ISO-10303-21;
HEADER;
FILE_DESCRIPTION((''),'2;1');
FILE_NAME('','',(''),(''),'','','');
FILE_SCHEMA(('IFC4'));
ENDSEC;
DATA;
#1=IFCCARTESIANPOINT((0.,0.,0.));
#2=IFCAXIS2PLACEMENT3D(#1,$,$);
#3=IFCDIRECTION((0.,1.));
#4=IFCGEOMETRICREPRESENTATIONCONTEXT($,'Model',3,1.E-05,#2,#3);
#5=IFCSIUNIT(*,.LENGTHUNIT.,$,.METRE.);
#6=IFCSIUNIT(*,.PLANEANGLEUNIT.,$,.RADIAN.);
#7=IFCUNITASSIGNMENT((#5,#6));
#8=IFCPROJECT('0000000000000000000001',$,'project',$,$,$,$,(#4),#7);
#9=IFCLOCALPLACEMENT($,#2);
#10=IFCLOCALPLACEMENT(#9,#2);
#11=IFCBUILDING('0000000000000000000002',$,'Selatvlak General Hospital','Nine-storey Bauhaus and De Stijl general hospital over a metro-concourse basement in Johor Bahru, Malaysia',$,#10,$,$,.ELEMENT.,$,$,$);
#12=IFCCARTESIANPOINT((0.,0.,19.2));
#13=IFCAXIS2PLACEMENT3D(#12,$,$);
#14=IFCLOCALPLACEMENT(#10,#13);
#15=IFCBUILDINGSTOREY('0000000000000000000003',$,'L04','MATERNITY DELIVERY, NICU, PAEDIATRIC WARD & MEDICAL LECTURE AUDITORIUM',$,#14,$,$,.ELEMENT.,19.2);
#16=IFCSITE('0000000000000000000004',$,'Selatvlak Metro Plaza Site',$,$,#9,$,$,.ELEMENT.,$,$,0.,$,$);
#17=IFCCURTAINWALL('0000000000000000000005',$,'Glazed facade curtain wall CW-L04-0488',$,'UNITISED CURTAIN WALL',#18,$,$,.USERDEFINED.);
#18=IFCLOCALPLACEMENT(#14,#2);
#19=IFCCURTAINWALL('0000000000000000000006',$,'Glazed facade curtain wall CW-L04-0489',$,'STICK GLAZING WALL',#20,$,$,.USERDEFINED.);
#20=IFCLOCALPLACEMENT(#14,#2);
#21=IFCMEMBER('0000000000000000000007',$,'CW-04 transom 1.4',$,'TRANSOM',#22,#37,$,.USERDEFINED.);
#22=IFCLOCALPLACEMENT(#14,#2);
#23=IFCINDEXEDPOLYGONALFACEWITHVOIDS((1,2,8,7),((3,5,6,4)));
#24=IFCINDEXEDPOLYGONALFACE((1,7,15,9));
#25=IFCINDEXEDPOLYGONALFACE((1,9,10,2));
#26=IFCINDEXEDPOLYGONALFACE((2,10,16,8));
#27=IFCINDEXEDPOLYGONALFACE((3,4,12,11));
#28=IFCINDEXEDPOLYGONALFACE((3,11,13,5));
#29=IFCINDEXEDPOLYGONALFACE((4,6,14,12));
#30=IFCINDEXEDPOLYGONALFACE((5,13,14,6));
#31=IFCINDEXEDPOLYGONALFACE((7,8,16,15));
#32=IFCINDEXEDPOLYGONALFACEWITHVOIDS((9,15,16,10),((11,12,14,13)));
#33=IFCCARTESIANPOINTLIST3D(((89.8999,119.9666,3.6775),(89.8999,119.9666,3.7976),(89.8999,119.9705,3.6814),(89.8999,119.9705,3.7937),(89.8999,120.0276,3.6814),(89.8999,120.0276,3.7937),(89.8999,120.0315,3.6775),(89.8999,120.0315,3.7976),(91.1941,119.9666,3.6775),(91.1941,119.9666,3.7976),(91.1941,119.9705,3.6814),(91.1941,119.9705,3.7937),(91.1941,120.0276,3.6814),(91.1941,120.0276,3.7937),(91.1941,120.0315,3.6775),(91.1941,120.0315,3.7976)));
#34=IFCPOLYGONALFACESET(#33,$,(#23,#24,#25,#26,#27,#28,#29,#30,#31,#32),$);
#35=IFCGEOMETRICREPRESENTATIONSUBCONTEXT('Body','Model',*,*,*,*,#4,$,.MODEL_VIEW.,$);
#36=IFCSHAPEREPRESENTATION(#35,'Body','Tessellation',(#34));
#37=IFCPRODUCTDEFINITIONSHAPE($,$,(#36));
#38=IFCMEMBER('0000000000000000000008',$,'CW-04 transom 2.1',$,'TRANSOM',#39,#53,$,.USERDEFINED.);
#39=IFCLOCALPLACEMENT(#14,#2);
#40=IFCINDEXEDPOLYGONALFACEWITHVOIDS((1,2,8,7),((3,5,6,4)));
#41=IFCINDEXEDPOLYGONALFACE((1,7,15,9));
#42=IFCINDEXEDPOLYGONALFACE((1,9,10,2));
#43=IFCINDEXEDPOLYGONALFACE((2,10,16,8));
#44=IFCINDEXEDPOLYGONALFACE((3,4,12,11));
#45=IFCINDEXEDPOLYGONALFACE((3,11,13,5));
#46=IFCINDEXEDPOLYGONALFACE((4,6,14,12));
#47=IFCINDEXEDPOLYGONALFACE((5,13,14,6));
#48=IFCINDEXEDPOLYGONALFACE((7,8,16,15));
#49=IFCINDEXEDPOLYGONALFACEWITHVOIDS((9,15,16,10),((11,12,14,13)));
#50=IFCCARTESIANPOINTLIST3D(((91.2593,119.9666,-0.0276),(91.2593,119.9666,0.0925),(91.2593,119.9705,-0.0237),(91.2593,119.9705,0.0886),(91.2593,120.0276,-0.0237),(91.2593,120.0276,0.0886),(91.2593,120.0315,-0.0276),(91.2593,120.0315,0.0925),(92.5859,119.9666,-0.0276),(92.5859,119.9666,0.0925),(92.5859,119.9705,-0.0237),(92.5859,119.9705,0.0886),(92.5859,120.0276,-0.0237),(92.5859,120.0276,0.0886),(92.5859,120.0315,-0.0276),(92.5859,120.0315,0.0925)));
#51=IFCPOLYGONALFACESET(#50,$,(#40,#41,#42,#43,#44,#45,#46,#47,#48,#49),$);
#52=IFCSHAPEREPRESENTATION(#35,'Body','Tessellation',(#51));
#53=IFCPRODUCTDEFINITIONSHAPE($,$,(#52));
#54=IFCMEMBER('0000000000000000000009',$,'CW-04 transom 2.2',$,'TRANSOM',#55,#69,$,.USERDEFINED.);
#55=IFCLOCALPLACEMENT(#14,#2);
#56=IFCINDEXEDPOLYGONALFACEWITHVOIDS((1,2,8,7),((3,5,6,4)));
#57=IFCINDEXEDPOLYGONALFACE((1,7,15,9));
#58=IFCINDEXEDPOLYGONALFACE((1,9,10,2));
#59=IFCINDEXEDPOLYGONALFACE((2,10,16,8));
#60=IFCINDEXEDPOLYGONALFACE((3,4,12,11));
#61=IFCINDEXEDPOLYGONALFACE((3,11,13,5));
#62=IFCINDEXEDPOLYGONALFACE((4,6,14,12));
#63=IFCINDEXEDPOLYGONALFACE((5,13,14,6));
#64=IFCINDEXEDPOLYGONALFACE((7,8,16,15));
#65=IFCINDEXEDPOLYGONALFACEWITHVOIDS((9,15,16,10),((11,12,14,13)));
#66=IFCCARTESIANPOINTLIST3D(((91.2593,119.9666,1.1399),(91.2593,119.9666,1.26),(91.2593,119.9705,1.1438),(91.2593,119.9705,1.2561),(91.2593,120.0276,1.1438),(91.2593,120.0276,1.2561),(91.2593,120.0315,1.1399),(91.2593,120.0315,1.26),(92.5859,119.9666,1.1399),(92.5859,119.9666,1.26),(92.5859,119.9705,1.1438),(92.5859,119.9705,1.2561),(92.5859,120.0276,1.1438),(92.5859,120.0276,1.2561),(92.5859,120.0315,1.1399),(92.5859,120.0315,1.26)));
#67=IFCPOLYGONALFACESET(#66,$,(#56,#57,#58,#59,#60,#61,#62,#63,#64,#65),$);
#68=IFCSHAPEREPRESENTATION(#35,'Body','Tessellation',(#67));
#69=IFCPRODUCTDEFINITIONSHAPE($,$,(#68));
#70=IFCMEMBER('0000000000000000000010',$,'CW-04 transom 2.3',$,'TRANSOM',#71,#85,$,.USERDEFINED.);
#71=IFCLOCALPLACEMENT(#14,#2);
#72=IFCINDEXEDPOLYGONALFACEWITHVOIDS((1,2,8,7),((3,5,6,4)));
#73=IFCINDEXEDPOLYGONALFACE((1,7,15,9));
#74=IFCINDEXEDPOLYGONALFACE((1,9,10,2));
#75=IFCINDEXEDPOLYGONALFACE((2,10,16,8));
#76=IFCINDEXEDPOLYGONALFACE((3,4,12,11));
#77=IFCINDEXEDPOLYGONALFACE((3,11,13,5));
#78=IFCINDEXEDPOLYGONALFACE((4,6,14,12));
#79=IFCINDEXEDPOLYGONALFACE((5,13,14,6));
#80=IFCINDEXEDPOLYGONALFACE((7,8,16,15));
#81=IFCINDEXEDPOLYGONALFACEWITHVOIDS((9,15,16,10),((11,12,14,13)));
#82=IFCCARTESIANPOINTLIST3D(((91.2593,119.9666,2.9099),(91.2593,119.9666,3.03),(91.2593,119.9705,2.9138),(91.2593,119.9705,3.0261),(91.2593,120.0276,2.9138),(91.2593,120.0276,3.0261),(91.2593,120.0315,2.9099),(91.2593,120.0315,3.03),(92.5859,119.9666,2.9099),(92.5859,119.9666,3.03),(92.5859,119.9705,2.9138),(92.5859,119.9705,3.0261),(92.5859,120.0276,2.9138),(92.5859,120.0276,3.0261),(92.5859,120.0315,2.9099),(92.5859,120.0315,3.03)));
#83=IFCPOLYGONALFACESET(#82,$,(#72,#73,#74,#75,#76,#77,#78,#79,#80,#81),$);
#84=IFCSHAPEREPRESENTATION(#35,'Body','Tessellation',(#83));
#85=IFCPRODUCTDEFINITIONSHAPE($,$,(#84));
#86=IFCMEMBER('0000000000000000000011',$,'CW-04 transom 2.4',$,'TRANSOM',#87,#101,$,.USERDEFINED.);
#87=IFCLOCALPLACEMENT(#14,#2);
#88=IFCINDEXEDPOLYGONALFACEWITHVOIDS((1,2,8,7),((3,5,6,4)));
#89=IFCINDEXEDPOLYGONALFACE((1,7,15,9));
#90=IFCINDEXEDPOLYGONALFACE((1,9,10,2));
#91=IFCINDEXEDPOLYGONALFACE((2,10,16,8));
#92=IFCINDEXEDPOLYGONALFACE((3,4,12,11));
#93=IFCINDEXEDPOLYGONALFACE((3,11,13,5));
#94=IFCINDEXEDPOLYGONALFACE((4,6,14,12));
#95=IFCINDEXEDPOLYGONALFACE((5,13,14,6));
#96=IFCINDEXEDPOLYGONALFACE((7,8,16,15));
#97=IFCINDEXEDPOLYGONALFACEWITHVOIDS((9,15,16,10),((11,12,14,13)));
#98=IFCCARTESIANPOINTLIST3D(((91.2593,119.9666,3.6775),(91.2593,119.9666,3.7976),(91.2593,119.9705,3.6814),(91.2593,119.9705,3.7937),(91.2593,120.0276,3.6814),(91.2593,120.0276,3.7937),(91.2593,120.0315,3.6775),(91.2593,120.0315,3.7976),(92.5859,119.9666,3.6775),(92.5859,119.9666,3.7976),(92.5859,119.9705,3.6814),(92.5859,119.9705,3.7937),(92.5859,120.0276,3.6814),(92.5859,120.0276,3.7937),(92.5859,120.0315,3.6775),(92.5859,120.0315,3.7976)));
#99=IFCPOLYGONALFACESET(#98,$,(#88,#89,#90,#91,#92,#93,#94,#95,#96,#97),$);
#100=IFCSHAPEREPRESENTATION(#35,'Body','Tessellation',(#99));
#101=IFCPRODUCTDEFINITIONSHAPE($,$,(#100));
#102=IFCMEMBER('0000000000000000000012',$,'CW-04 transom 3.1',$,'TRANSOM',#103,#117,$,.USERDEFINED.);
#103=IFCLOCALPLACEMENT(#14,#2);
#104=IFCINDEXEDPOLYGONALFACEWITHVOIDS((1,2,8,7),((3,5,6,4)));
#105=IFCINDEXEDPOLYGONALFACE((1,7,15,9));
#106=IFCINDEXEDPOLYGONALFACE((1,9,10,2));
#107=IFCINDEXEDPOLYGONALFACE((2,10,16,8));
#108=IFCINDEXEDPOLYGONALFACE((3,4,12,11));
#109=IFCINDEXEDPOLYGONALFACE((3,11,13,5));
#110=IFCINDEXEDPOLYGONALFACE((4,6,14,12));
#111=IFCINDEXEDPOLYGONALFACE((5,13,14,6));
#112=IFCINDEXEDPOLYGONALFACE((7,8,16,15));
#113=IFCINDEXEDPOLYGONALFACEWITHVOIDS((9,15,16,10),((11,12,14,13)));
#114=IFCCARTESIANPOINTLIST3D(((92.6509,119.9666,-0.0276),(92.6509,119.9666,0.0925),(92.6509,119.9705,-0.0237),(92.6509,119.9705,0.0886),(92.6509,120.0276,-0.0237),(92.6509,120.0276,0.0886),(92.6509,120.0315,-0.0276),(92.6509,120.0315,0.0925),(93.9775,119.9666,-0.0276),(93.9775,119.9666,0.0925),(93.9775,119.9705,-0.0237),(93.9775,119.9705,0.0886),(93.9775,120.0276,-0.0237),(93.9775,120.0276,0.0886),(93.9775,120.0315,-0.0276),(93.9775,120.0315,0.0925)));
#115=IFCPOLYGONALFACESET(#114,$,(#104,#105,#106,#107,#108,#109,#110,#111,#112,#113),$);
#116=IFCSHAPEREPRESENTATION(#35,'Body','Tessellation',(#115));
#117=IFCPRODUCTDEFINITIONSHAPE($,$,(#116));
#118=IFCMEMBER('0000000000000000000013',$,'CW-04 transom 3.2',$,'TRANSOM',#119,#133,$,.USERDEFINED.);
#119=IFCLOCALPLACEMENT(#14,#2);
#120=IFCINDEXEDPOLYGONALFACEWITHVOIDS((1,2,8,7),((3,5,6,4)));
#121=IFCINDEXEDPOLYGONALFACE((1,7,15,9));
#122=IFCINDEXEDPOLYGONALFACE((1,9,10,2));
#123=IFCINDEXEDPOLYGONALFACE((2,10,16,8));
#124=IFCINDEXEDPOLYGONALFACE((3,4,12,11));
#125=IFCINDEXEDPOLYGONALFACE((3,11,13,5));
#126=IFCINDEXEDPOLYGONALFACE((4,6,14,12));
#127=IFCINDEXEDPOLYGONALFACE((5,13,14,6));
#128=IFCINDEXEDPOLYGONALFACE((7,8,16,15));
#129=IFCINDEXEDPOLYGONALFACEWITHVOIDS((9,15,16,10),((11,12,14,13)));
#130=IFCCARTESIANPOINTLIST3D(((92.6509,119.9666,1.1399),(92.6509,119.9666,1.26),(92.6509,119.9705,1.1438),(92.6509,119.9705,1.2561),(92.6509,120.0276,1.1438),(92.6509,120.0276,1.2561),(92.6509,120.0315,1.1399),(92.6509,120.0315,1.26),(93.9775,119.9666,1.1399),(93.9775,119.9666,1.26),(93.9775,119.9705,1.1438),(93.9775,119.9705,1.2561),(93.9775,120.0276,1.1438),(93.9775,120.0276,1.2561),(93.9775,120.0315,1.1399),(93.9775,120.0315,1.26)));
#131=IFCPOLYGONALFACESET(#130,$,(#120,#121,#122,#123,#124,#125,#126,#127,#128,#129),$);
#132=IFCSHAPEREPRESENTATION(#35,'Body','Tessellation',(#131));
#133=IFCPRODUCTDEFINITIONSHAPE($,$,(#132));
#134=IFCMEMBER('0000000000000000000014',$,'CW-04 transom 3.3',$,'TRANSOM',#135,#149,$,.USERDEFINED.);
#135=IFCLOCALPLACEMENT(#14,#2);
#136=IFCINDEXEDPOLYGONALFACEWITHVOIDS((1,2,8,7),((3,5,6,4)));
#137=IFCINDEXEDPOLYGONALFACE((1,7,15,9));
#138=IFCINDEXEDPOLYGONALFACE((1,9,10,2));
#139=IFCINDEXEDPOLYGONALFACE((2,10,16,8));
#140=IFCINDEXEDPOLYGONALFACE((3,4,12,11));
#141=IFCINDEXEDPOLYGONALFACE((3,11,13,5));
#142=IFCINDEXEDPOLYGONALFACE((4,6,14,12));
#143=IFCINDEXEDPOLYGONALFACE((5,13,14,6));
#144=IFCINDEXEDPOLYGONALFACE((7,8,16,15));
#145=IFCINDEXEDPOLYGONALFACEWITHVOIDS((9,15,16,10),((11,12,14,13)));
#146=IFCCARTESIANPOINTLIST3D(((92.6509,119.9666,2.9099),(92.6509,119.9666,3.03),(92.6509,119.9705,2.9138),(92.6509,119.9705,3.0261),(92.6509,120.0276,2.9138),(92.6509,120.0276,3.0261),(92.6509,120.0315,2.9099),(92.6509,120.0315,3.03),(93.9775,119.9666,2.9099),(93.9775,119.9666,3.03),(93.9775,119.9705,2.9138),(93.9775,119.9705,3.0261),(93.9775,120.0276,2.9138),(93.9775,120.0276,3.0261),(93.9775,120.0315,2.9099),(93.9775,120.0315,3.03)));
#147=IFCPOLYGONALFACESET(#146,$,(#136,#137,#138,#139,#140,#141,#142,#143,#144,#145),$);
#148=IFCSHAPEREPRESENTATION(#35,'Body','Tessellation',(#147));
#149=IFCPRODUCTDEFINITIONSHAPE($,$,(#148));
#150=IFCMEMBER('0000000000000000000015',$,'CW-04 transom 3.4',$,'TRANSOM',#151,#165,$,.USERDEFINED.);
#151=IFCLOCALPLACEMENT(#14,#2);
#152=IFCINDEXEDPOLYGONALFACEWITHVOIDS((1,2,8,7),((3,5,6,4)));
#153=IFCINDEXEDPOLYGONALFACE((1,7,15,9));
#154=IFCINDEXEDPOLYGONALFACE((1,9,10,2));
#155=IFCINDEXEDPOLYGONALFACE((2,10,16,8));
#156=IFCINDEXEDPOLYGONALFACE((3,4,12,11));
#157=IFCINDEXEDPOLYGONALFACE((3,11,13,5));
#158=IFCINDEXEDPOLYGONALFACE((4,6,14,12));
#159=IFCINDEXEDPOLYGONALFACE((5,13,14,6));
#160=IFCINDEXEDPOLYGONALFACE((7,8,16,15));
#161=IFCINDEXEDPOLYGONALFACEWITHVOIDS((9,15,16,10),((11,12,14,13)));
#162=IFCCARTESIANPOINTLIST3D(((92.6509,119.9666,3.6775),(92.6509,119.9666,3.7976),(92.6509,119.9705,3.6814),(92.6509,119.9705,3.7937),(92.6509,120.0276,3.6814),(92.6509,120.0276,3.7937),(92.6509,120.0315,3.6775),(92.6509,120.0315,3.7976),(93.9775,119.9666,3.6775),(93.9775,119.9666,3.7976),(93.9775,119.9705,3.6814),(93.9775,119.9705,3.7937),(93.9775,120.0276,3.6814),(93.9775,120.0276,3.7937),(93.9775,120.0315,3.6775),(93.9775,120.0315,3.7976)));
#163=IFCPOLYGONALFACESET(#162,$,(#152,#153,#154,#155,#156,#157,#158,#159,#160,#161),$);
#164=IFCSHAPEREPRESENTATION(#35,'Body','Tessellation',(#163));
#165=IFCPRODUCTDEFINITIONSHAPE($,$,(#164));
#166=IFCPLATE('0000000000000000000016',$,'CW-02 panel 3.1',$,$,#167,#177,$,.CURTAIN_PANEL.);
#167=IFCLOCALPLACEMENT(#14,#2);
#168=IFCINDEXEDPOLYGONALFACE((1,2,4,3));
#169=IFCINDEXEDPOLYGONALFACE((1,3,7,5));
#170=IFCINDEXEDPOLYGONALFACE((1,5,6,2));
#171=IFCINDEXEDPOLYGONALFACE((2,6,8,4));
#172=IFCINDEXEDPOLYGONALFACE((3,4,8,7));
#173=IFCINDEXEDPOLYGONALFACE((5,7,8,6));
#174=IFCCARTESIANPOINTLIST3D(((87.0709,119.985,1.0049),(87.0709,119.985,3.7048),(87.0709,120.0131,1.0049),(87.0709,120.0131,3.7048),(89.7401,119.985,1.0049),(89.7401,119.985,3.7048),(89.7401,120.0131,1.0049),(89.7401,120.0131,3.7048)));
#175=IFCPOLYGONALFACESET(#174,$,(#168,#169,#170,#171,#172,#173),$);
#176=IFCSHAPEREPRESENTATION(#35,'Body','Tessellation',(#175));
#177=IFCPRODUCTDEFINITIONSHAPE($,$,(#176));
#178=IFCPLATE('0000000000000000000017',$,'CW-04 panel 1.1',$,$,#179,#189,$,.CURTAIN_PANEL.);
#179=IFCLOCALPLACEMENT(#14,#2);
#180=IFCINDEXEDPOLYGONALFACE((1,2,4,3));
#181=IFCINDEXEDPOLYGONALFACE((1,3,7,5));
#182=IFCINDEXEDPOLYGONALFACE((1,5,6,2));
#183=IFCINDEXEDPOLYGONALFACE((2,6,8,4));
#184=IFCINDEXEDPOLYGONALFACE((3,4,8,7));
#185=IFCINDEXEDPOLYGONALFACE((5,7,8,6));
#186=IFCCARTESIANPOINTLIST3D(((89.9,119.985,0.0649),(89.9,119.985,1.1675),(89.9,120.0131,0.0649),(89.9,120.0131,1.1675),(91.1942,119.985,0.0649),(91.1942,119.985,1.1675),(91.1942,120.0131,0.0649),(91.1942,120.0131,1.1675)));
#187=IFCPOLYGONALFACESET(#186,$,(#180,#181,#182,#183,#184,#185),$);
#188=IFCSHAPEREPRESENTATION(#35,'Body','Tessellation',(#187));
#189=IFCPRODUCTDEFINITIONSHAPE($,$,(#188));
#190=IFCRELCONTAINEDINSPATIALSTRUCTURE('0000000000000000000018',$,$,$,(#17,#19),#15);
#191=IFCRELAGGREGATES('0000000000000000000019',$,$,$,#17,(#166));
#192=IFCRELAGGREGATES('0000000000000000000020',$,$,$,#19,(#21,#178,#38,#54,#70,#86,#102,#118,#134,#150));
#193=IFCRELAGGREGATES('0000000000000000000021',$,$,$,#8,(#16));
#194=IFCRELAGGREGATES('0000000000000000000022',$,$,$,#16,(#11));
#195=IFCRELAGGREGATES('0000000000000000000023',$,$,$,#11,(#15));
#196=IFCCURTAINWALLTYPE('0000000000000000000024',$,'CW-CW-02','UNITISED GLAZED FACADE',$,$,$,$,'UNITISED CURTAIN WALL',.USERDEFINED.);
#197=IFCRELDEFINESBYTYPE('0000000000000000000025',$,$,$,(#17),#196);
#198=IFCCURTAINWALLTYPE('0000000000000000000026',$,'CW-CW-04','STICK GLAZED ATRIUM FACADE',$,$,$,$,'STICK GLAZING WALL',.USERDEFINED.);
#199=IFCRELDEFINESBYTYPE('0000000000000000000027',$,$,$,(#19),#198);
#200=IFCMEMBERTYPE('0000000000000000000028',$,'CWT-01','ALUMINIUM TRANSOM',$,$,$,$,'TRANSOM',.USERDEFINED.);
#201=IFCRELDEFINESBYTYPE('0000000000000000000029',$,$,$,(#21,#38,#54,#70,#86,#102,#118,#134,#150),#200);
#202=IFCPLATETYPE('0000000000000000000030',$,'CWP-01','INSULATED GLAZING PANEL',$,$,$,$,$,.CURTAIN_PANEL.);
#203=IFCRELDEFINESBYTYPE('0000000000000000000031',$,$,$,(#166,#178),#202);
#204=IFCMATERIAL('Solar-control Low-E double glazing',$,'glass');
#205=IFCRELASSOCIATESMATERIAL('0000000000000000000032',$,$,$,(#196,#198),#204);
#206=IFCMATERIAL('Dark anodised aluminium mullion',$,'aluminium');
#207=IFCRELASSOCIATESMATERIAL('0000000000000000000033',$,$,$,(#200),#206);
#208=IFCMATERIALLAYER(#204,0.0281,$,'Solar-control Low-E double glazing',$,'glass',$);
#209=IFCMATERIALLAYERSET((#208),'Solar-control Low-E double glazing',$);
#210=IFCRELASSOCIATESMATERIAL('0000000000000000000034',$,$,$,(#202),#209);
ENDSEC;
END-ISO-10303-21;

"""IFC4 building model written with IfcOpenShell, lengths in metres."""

from ifc_helpers import new_model, si_unit, direction, frame, origin, origin_2d, place, context, subcontext, project, spatial, rectangle, hollow_rectangle, extrude, material, layer, layer_set, material_profile, profile_set, type_object, element, aggregate, save


model = new_model("IFC4")

# Units and contexts
model_context = context("Model", 3, precision=1e-05, world=origin(), true_north=direction((0.0, 1.0)))
body_context = subcontext(model_context, "Body", "Model", "MODEL_VIEW")
ifc_project = project(units=[si_unit("LENGTHUNIT", "METRE"), si_unit("PLANEANGLEUNIT", "RADIAN")], contexts=[model_context])

# Site, building, storey
site_placement = place(None, origin())
site = spatial("IfcSite", under=ifc_project, at=site_placement, Name="Selatvlak Metro Plaza Site", CompositionType="ELEMENT", RefElevation=0.0)
building_placement = place(site_placement, origin())
building = spatial("IfcBuilding", under=site, at=building_placement, Name="Selatvlak General Hospital", Description="Nine-storey Bauhaus and De Stijl general hospital over a metro-concourse basement in Johor Bahru, Malaysia", CompositionType="ELEMENT")
storey_placement = place(building_placement, frame((0.0, 0.0, 19.2)))
storey = spatial("IfcBuildingStorey", under=building, at=storey_placement, Name="L04", Description="MATERNITY DELIVERY, NICU, PAEDIATRIC WARD & MEDICAL LECTURE AUDITORIUM", CompositionType="ELEMENT", Elevation=19.2)

# Curtain walls
ifc_material_1 = material(Name="Solar-control Low-E double glazing", Category="glass")
curtain_wall_type_1 = type_object("IfcCurtainWallType", Name="CW-CW-02", Description="UNITISED GLAZED FACADE", ElementType="UNITISED CURTAIN WALL", PredefinedType="USERDEFINED", material=ifc_material_1)
curtain_wall_1_placement = place(storey_placement, origin())
curtain_wall_1 = element("IfcCurtainWall", 1, at=curtain_wall_1_placement, inside=storey, type_object=curtain_wall_type_1, Name="Glazed facade curtain wall CW-L04-0488", ObjectType="UNITISED CURTAIN WALL", PredefinedType="USERDEFINED")
ifc_material_2 = material(Name="Dark anodised aluminium mullion", Category="aluminium")
curtain_wall_type_2 = type_object("IfcCurtainWallType", Name="CW-CW-04", Description="STICK GLAZED ATRIUM FACADE", ElementType="STICK GLAZING WALL", PredefinedType="USERDEFINED", material=ifc_material_1)
curtain_wall_2_placement = place(storey_placement, origin())
curtain_wall_2 = element("IfcCurtainWall", 2, at=curtain_wall_2_placement, inside=storey, type_object=curtain_wall_type_2, Name="Glazed facade curtain wall CW-L04-0489", ObjectType="STICK GLAZING WALL", PredefinedType="USERDEFINED")

# Members
ifc_material_profile_1 = material_profile(ifc_material_2, hollow_rectangle(XDim=0.0649, YDim=0.1201, WallThickness=0.0039, at=origin_2d()), Name="AL-TRN 65x120x4")
ifc_profile_set_1 = profile_set([ifc_material_profile_1], Name="Dark anodised aluminium mullion")
member_type_1 = type_object("IfcMemberType", Name="CWT-01", Description="ALUMINIUM TRANSOM", ElementType="TRANSOM", PredefinedType="USERDEFINED", material=ifc_profile_set_1)
member_1_placement = place(storey_placement, frame((89.8999, 119.999, 3.7375), z_axis=(1.0, 0.0, 0.0), x_axis=(0.0, 1.0, 0.0)))
member_1 = element("IfcMember", 3, at=member_1_placement, type_object=member_type_1, Name="CW-04 transom 1.4", ObjectType="TRANSOM", PredefinedType="USERDEFINED", context=body_context, shape_type="SweptSolid", body=[
    extrude(hollow_rectangle(XDim=0.0649, YDim=0.1201, WallThickness=0.0039, at=origin_2d()), origin(), (0.0, 0.0, 1.0), 1.2942),
])
member_2_placement = place(storey_placement, frame((91.2593, 119.999, 0.0325), z_axis=(1.0, 0.0, 0.0), x_axis=(0.0, 1.0, 0.0)))
member_2 = element("IfcMember", 4, at=member_2_placement, type_object=member_type_1, Name="CW-04 transom 2.1", ObjectType="TRANSOM", PredefinedType="USERDEFINED", context=body_context, shape_type="SweptSolid", body=[
    extrude(hollow_rectangle(XDim=0.0649, YDim=0.1201, WallThickness=0.0039, at=origin_2d()), origin(), (0.0, 0.0, 1.0), 1.3267),
])
member_3_placement = place(storey_placement, frame((91.2593, 119.999, 1.2), z_axis=(1.0, 0.0, 0.0), x_axis=(0.0, 1.0, 0.0)))
member_3 = element("IfcMember", 5, at=member_3_placement, type_object=member_type_1, Name="CW-04 transom 2.2", ObjectType="TRANSOM", PredefinedType="USERDEFINED", context=body_context, shape_type="SweptSolid", body=[
    extrude(hollow_rectangle(XDim=0.0649, YDim=0.1201, WallThickness=0.0039, at=origin_2d()), origin(), (0.0, 0.0, 1.0), 1.3267),
])
member_4_placement = place(storey_placement, frame((91.2593, 119.999, 2.97), z_axis=(1.0, 0.0, 0.0), x_axis=(0.0, 1.0, 0.0)))
member_4 = element("IfcMember", 6, at=member_4_placement, type_object=member_type_1, Name="CW-04 transom 2.3", ObjectType="TRANSOM", PredefinedType="USERDEFINED", context=body_context, shape_type="SweptSolid", body=[
    extrude(hollow_rectangle(XDim=0.0649, YDim=0.1201, WallThickness=0.0039, at=origin_2d()), origin(), (0.0, 0.0, 1.0), 1.3267),
])
member_5_placement = place(storey_placement, frame((91.2593, 119.999, 3.7375), z_axis=(1.0, 0.0, 0.0), x_axis=(0.0, 1.0, 0.0)))
member_5 = element("IfcMember", 7, at=member_5_placement, type_object=member_type_1, Name="CW-04 transom 2.4", ObjectType="TRANSOM", PredefinedType="USERDEFINED", context=body_context, shape_type="SweptSolid", body=[
    extrude(hollow_rectangle(XDim=0.0649, YDim=0.1201, WallThickness=0.0039, at=origin_2d()), origin(), (0.0, 0.0, 1.0), 1.3267),
])
member_6_placement = place(storey_placement, frame((92.6509, 119.999, 0.0325), z_axis=(1.0, 0.0, 0.0), x_axis=(0.0, 1.0, 0.0)))
member_6 = element("IfcMember", 8, at=member_6_placement, type_object=member_type_1, Name="CW-04 transom 3.1", ObjectType="TRANSOM", PredefinedType="USERDEFINED", context=body_context, shape_type="SweptSolid", body=[
    extrude(hollow_rectangle(XDim=0.0649, YDim=0.1201, WallThickness=0.0039, at=origin_2d()), origin(), (0.0, 0.0, 1.0), 1.3267),
])
member_7_placement = place(storey_placement, frame((92.6509, 119.999, 1.2), z_axis=(1.0, 0.0, 0.0), x_axis=(0.0, 1.0, 0.0)))
member_7 = element("IfcMember", 9, at=member_7_placement, type_object=member_type_1, Name="CW-04 transom 3.2", ObjectType="TRANSOM", PredefinedType="USERDEFINED", context=body_context, shape_type="SweptSolid", body=[
    extrude(hollow_rectangle(XDim=0.0649, YDim=0.1201, WallThickness=0.0039, at=origin_2d()), origin(), (0.0, 0.0, 1.0), 1.3267),
])
member_8_placement = place(storey_placement, frame((92.6509, 119.999, 2.97), z_axis=(1.0, 0.0, 0.0), x_axis=(0.0, 1.0, 0.0)))
member_8 = element("IfcMember", 10, at=member_8_placement, type_object=member_type_1, Name="CW-04 transom 3.3", ObjectType="TRANSOM", PredefinedType="USERDEFINED", context=body_context, shape_type="SweptSolid", body=[
    extrude(hollow_rectangle(XDim=0.0649, YDim=0.1201, WallThickness=0.0039, at=origin_2d()), origin(), (0.0, 0.0, 1.0), 1.3267),
])
member_9_placement = place(storey_placement, frame((92.6509, 119.999, 3.7375), z_axis=(1.0, 0.0, 0.0), x_axis=(0.0, 1.0, 0.0)))
member_9 = element("IfcMember", 11, at=member_9_placement, type_object=member_type_1, Name="CW-04 transom 3.4", ObjectType="TRANSOM", PredefinedType="USERDEFINED", context=body_context, shape_type="SweptSolid", body=[
    extrude(hollow_rectangle(XDim=0.0649, YDim=0.1201, WallThickness=0.0039, at=origin_2d()), origin(), (0.0, 0.0, 1.0), 1.3267),
])

# Plates
ifc_layer_1 = layer(ifc_material_1, 0.0281, Name="Solar-control Low-E double glazing", Category="glass")
ifc_layer_set_1 = layer_set([ifc_layer_1], Name="Solar-control Low-E double glazing")
plate_type = type_object("IfcPlateType", Name="CWP-01", Description="INSULATED GLAZING PANEL", PredefinedType="CURTAIN_PANEL", material=ifc_layer_set_1)
plate_1_placement = place(storey_placement, frame((88.4055, 119.999, 1.0049), z_axis=(0.0, 0.0, 1.0), x_axis=(1.0, 0.0, 0.0)))
plate_1 = element("IfcPlate", 12, at=plate_1_placement, type_object=plate_type, Name="CW-02 panel 3.1", PredefinedType="CURTAIN_PANEL", context=body_context, shape_type="SweptSolid", body=[
    extrude(rectangle(XDim=2.6692, YDim=0.0281, at=origin_2d()), origin(), (0.0, 0.0, 1.0), 2.7),
])
aggregate(curtain_wall_1, [plate_1])
plate_2_placement = place(storey_placement, frame((90.5471, 119.999, 0.0649), z_axis=(0.0, 0.0, 1.0), x_axis=(1.0, 0.0, 0.0)))
plate_2 = element("IfcPlate", 13, at=plate_2_placement, type_object=plate_type, Name="CW-04 panel 1.1", PredefinedType="CURTAIN_PANEL", context=body_context, shape_type="SweptSolid", body=[
    extrude(rectangle(XDim=1.2942, YDim=0.0281, at=origin_2d()), origin(), (0.0, 0.0, 1.0), 1.1025),
])
aggregate(curtain_wall_2, [member_1, plate_2, member_2, member_3, member_4, member_5, member_6, member_7, member_8, member_9])

save(model, "model.ifc")
